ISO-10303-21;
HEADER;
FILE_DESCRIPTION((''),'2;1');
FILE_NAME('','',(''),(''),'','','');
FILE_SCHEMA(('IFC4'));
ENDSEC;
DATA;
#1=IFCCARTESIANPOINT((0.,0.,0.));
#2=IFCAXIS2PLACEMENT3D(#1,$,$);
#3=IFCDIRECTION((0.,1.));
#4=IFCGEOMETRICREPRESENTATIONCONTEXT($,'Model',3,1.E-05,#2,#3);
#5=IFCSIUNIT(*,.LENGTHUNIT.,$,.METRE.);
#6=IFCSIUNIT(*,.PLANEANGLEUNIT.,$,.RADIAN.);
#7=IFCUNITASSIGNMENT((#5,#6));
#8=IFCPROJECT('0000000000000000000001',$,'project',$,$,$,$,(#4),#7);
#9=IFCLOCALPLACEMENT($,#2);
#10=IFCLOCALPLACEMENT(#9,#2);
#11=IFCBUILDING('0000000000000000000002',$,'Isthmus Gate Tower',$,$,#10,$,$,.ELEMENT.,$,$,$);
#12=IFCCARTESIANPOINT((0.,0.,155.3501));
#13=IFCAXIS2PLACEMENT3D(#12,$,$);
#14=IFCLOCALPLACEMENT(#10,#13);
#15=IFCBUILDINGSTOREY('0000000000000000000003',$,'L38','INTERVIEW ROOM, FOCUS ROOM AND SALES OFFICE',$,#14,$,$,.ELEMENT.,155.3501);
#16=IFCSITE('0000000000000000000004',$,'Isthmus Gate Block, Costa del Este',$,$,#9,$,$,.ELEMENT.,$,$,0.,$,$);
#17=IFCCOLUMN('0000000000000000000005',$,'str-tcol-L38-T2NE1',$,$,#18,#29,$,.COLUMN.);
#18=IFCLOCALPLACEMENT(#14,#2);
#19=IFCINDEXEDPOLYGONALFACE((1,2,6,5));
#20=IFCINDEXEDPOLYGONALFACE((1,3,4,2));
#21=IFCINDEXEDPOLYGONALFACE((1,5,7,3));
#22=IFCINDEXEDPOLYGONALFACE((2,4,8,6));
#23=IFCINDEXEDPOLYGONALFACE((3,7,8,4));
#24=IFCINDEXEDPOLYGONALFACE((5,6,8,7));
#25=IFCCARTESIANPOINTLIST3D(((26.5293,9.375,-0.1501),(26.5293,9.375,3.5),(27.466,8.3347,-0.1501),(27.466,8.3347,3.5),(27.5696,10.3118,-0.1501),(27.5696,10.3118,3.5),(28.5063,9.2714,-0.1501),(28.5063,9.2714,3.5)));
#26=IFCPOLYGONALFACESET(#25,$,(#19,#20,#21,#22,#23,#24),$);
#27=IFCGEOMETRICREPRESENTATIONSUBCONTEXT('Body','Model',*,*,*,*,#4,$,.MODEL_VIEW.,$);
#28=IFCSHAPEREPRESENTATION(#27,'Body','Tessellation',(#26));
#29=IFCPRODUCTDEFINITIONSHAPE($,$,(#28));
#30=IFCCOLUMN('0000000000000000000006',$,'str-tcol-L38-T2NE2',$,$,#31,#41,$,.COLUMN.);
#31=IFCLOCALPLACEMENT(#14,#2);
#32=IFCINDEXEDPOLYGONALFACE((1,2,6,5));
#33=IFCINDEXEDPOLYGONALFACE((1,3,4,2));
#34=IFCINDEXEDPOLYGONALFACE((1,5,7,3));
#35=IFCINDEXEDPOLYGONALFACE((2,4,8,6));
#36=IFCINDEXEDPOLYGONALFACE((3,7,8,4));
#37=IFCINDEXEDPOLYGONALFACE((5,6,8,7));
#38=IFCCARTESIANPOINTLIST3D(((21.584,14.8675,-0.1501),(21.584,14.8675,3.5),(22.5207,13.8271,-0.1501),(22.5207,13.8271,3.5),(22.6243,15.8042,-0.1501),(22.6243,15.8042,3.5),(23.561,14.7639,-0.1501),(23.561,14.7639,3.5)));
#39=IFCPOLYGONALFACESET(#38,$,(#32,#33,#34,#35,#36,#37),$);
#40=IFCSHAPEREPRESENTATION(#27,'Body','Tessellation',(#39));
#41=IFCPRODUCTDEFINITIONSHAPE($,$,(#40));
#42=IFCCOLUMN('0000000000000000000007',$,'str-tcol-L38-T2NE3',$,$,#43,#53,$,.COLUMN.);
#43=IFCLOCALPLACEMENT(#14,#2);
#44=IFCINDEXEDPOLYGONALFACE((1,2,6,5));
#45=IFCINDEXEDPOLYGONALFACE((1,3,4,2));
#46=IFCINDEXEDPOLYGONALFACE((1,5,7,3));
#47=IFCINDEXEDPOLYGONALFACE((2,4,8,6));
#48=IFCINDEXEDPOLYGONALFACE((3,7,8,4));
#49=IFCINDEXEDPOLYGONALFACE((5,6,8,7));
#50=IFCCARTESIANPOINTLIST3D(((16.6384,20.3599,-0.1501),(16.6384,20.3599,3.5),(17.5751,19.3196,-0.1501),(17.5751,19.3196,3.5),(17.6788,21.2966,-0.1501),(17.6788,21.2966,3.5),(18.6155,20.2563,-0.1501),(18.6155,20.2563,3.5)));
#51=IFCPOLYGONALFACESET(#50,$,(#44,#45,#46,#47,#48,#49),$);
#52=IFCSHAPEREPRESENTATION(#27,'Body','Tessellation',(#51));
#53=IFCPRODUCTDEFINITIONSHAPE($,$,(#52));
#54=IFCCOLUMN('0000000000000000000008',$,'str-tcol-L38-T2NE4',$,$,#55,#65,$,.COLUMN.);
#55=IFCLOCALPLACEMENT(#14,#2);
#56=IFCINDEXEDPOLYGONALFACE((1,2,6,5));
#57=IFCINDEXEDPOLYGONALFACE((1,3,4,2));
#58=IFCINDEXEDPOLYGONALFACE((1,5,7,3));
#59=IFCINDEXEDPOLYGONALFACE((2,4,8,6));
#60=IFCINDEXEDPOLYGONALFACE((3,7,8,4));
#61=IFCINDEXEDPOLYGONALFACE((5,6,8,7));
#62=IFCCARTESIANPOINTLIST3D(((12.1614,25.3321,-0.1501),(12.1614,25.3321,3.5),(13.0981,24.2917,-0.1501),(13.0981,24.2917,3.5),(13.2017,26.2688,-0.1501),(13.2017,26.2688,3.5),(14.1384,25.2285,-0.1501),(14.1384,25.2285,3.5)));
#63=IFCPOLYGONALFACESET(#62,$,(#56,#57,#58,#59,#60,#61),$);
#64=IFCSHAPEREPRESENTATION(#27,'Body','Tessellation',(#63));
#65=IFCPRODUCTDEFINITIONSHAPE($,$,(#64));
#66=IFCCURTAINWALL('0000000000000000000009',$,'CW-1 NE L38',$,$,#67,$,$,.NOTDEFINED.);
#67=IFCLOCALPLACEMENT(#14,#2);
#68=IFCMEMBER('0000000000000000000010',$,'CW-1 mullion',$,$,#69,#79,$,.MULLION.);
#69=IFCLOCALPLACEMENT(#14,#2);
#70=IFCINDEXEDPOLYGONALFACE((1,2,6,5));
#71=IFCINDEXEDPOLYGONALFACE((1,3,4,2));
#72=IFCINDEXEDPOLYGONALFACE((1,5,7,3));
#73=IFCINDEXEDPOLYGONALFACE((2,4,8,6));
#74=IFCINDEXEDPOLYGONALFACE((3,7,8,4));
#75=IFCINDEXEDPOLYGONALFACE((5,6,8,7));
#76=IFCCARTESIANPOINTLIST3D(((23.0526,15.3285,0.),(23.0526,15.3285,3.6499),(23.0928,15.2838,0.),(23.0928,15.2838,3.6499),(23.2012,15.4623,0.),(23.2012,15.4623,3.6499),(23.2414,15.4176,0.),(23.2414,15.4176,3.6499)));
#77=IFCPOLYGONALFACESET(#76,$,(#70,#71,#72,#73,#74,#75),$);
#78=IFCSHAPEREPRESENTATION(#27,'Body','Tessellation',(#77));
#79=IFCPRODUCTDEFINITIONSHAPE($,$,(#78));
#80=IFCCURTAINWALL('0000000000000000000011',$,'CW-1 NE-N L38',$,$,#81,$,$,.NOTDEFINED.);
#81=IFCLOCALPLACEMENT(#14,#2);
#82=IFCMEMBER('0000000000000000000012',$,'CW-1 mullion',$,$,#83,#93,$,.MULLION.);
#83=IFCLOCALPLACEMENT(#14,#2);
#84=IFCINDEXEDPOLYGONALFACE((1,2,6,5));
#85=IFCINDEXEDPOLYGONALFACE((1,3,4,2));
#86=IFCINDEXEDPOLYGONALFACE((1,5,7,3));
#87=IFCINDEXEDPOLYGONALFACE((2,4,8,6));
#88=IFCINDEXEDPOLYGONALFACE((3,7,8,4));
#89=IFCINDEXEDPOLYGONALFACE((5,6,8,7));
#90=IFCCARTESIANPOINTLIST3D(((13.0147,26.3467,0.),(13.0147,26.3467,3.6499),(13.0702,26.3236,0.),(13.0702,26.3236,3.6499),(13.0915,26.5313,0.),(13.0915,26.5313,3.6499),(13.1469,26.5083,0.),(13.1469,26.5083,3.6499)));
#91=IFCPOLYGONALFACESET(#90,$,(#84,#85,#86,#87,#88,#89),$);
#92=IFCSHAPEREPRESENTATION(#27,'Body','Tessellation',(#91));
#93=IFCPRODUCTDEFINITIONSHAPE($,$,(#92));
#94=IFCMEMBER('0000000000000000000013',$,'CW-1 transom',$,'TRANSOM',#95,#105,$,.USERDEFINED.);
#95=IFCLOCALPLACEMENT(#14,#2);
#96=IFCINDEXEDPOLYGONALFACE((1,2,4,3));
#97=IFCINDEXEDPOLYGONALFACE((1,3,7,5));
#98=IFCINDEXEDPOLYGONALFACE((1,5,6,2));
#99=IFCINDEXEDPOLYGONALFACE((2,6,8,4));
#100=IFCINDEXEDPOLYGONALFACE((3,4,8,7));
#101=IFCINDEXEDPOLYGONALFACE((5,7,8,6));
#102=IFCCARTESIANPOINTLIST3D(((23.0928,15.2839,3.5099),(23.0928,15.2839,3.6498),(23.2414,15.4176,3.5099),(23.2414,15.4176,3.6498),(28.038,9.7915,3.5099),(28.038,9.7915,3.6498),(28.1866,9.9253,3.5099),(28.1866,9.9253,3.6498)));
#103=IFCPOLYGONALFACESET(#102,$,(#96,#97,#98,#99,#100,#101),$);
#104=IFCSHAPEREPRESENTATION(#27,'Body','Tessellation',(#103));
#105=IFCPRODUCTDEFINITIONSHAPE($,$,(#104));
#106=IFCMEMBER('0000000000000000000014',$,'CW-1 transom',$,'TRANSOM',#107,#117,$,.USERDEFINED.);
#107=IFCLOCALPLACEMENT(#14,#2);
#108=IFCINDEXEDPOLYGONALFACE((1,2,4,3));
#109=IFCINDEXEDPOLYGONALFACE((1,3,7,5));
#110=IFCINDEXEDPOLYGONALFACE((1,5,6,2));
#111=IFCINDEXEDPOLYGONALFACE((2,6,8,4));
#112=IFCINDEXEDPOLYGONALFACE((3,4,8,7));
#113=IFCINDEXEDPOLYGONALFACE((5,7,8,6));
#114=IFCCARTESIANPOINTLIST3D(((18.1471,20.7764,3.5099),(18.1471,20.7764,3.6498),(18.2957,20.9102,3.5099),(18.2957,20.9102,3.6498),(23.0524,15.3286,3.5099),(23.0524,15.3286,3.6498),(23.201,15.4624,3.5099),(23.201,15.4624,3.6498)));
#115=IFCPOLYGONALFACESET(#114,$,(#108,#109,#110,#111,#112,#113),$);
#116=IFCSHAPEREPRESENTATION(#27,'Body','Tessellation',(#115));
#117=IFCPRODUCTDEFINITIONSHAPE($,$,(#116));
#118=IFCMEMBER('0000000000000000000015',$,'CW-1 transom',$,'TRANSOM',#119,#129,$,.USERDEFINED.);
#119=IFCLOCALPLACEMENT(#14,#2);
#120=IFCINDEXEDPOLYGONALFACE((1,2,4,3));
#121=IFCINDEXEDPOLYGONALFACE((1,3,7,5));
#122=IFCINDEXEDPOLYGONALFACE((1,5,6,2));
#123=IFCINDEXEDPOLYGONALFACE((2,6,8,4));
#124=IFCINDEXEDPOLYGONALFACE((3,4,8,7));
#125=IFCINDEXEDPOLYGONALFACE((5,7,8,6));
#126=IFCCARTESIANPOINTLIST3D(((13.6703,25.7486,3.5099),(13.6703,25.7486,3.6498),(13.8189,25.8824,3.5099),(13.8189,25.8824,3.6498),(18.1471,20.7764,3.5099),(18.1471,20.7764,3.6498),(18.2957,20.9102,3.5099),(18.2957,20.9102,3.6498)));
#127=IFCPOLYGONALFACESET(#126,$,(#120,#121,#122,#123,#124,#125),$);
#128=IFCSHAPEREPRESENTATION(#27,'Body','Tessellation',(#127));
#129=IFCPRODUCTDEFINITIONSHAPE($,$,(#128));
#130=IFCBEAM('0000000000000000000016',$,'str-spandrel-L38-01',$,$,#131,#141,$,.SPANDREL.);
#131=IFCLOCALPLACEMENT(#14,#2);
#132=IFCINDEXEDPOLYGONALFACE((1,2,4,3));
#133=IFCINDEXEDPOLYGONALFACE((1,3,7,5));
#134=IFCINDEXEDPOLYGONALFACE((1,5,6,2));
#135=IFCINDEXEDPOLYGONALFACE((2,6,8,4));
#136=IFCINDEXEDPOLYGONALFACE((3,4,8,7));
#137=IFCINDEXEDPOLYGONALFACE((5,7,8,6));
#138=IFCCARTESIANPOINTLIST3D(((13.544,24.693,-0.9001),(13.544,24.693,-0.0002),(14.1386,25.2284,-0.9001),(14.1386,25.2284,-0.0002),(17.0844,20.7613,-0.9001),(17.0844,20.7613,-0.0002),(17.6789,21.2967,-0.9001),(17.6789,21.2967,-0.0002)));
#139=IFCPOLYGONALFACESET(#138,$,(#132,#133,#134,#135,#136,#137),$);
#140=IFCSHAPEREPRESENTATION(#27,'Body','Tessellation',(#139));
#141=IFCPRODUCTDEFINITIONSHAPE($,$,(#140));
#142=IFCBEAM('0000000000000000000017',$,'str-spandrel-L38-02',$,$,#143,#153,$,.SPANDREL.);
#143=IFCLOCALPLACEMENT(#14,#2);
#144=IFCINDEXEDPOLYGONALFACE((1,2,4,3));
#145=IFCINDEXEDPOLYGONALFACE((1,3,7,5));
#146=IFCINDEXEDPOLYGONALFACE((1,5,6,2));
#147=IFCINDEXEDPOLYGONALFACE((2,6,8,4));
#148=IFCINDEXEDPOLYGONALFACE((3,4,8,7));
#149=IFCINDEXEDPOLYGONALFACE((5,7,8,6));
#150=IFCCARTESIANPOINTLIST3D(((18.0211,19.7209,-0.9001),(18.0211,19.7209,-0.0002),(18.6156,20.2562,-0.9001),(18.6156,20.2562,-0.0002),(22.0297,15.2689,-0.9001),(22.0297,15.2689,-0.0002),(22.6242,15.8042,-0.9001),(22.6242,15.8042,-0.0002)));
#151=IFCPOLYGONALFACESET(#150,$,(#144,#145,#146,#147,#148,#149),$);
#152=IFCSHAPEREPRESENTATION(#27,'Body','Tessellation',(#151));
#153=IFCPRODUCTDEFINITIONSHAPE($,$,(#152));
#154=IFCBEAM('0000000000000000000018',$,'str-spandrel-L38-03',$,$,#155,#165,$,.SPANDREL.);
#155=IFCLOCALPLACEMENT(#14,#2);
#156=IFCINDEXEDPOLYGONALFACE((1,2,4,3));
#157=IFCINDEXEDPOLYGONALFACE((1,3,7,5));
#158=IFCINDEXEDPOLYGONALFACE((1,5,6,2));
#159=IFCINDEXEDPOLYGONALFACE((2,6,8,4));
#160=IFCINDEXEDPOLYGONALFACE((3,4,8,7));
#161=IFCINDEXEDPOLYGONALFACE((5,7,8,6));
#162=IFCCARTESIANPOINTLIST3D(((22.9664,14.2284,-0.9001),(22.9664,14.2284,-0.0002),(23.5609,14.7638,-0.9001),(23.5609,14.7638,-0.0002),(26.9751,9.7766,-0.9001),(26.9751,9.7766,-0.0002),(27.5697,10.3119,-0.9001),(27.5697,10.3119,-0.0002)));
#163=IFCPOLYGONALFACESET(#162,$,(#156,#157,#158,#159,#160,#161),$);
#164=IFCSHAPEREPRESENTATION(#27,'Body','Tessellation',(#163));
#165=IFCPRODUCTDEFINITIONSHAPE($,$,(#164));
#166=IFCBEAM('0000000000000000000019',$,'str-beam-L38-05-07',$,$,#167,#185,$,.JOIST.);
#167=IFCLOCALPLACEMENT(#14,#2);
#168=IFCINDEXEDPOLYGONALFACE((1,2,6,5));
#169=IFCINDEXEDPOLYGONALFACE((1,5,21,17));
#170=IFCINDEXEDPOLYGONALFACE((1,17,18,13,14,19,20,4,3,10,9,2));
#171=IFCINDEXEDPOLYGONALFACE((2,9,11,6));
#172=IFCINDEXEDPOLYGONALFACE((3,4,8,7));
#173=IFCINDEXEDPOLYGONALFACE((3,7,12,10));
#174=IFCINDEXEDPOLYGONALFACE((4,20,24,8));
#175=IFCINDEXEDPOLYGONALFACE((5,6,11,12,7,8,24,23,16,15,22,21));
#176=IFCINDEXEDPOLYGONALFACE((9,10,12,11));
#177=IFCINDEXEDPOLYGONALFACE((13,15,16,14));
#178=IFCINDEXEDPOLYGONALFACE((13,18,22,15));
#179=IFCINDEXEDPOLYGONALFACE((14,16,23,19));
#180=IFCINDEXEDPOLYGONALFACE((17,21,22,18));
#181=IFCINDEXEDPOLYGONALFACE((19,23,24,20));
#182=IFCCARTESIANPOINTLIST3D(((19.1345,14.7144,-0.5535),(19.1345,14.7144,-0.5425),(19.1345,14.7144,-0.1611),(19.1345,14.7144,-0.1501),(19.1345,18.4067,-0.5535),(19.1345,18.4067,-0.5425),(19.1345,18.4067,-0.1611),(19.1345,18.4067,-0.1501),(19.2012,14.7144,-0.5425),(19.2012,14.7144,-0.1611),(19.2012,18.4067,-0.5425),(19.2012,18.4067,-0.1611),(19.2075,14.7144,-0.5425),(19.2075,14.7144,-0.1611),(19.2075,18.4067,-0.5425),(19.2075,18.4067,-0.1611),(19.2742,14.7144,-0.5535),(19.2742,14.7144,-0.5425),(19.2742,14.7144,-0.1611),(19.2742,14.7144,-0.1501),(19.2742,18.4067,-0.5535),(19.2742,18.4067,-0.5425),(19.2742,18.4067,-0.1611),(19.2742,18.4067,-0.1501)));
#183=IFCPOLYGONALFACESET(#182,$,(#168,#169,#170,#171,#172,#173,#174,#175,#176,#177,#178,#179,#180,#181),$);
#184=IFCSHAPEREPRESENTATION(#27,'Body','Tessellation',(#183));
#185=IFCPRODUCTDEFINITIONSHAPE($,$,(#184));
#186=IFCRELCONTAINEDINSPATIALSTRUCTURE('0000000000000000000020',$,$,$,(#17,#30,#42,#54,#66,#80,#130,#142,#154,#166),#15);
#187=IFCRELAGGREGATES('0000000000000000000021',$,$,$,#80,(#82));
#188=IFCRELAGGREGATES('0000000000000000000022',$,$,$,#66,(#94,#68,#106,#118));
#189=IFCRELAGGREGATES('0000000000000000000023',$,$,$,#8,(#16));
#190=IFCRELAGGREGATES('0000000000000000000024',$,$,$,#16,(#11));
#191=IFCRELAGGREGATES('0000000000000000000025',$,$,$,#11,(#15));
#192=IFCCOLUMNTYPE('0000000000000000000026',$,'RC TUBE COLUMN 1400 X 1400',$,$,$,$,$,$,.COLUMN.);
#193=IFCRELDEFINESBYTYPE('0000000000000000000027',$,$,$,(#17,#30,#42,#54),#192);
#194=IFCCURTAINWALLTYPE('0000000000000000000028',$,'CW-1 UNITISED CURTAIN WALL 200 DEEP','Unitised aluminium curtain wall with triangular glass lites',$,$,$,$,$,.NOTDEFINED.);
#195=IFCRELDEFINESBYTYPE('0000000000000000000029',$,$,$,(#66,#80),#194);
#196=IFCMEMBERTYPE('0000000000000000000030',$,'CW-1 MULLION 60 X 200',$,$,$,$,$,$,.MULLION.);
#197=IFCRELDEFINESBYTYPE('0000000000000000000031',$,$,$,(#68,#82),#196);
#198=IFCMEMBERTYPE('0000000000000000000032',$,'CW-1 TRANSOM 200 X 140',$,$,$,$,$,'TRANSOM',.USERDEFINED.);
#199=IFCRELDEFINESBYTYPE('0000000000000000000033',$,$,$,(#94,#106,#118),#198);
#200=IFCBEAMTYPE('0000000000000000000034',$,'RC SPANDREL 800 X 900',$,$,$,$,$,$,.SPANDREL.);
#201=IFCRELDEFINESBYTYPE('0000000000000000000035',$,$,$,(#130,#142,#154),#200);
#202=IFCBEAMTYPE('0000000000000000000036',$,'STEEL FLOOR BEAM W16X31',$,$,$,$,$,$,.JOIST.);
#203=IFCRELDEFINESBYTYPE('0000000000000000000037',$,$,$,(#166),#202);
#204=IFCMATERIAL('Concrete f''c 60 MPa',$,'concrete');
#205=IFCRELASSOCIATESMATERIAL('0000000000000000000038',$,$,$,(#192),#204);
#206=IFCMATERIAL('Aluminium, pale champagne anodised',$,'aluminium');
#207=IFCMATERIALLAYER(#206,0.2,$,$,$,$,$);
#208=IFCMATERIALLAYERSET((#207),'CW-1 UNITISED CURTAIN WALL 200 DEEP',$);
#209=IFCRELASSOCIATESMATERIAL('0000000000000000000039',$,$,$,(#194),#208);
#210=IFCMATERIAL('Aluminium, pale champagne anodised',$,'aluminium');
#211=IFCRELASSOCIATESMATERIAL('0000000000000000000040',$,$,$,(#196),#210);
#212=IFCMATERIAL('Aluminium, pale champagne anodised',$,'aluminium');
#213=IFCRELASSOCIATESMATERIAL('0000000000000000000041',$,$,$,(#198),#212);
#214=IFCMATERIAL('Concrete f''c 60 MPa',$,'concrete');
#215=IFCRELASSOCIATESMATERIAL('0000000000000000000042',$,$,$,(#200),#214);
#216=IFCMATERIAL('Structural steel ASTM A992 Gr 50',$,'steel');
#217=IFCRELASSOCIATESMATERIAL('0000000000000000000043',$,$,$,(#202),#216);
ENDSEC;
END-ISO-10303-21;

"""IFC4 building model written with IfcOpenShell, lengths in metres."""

from ifc_helpers import new_model, si_unit, direction, frame, origin, origin_2d, place, context, subcontext, project, spatial, rectangle, i_section, extrude, material, layer, layer_set, material_profile, profile_set, type_object, element, aggregate, save


model = new_model("IFC4")

# Units and contexts
model_context = context("Model", 3, precision=1e-05, world=origin(), true_north=direction((0.0, 1.0)))
body_context = subcontext(model_context, "Body", "Model", "MODEL_VIEW")
ifc_project = project(units=[si_unit("LENGTHUNIT", "METRE"), si_unit("PLANEANGLEUNIT", "RADIAN")], contexts=[model_context])

# Site, building, storey
site_placement = place(None, origin())
site = spatial("IfcSite", under=ifc_project, at=site_placement, Name="Isthmus Gate Block, Costa del Este", CompositionType="ELEMENT", RefElevation=0.0)
building_placement = place(site_placement, origin())
building = spatial("IfcBuilding", under=site, at=building_placement, Name="Isthmus Gate Tower", CompositionType="ELEMENT")
storey_placement = place(building_placement, frame((0.0, 0.0, 155.3501)))
storey = spatial("IfcBuildingStorey", under=building, at=storey_placement, Name="L38", Description="INTERVIEW ROOM, FOCUS ROOM AND SALES OFFICE", CompositionType="ELEMENT", Elevation=155.3501)

# Columns
ifc_material_1 = material(Name="Concrete f'c 60 MPa", Category="concrete")
ifc_material_profile_1 = material_profile(ifc_material_1, rectangle(XDim=1.3999, YDim=1.3999, at=origin_2d()), Name="RC 1400X1400")
ifc_profile_set_1 = profile_set([ifc_material_profile_1], Name="Concrete f'c 60 MPa")
column_type = type_object("IfcColumnType", Name="RC TUBE COLUMN 1400 X 1400", PredefinedType="COLUMN", material=ifc_profile_set_1)
for number, where, z_axis, x_axis, name in (
    (1, (27.5178, 9.3232, -0.1501), (0.0, 0.0, 1.0), (-0.669131, 0.743145, 0.0), "str-tcol-L38-T2NE1"),
    (2, (22.5725, 14.8157, -0.1501), (0.0, 0.0, 1.0), (-0.669131, 0.743145, 0.0), "str-tcol-L38-T2NE2"),
    (3, (17.627, 20.3081, -0.1501), (0.0, 0.0, 1.0), (-0.669131, 0.743145, 0.0), "str-tcol-L38-T2NE3"),
    (4, (13.1499, 25.2803, -0.1501), (0.0, 0.0, 1.0), (-0.669131, 0.743145, 0.0), "str-tcol-L38-T2NE4"),
):
    element("IfcColumn", number, at=place(storey_placement, frame(where, z_axis=z_axis, x_axis=x_axis)), inside=storey, type_object=column_type, Name=name, PredefinedType="COLUMN", context=body_context, shape_type="SweptSolid", body=[
        extrude(rectangle(XDim=1.3999, YDim=1.3999, at=origin_2d()), origin(), (0.0, 0.0, 1.0), 3.6501),
    ])

# Curtain walls, members
ifc_material_2 = material(Name="Aluminium, pale champagne anodised", Category="aluminium")
ifc_layer_1 = layer(ifc_material_2, 0.2)
ifc_layer_set_1 = layer_set([ifc_layer_1], Name="CW-1 UNITISED CURTAIN WALL 200 DEEP")
curtain_wall_type = type_object("IfcCurtainWallType", Name="CW-1 UNITISED CURTAIN WALL 200 DEEP", Description="Unitised aluminium curtain wall with triangular glass lites", PredefinedType="NOTDEFINED", material=ifc_layer_set_1)
curtain_wall_1_placement = place(storey_placement, origin())
curtain_wall_1 = element("IfcCurtainWall", 5, at=curtain_wall_1_placement, inside=storey, type_object=curtain_wall_type, Name="CW-1 NE L38", PredefinedType="NOTDEFINED")
ifc_material_3 = material(Name="Aluminium, pale champagne anodised", Category="aluminium")
ifc_material_profile_2 = material_profile(ifc_material_3, rectangle(XDim=0.0601, YDim=0.2, at=origin_2d()), Name="60x200")
ifc_profile_set_2 = profile_set([ifc_material_profile_2], Name="Aluminium, pale champagne anodised")
member_type_1 = type_object("IfcMemberType", Name="CW-1 MULLION 60 X 200", PredefinedType="MULLION", material=ifc_profile_set_2)
member_1_placement = place(storey_placement, frame((23.147, 15.373, 0.0), z_axis=(0.0, 0.0, 1.0), x_axis=(-0.669131, 0.743145, 0.0)))
member_1 = element("IfcMember", 6, at=member_1_placement, type_object=member_type_1, Name="CW-1 mullion", PredefinedType="MULLION", context=body_context, shape_type="SweptSolid", body=[
    extrude(rectangle(XDim=0.0601, YDim=0.2, at=origin_2d()), origin(), (0.0, 0.0, 1.0), 3.6499),
])
curtain_wall_2_placement = place(storey_placement, origin())
curtain_wall_2 = element("IfcCurtainWall", 7, at=curtain_wall_2_placement, inside=storey, type_object=curtain_wall_type, Name="CW-1 NE-N L38", PredefinedType="NOTDEFINED")
member_2_placement = place(storey_placement, frame((13.0808, 26.4275, 0.0), z_axis=(0.0, 0.0, 1.0), x_axis=(-0.923353, 0.383952, 0.0)))
member_2 = element("IfcMember", 8, at=member_2_placement, type_object=member_type_1, Name="CW-1 mullion", PredefinedType="MULLION", context=body_context, shape_type="SweptSolid", body=[
    extrude(rectangle(XDim=0.0601, YDim=0.2, at=origin_2d()), origin(), (0.0, 0.0, 1.0), 3.6499),
])
aggregate(curtain_wall_2, [member_2])

# Members
ifc_material_4 = material(Name="Aluminium, pale champagne anodised", Category="aluminium")
ifc_material_profile_3 = material_profile(ifc_material_4, rectangle(XDim=0.2, YDim=0.1399, at=origin_2d()), Name="200x140")
ifc_profile_set_3 = profile_set([ifc_material_profile_3], Name="Aluminium, pale champagne anodised")
member_type_2 = type_object("IfcMemberType", Name="CW-1 TRANSOM 200 X 140", ElementType="TRANSOM", PredefinedType="USERDEFINED", material=ifc_profile_set_3)
member_3_placement = place(storey_placement, frame((28.1123, 9.8584, 3.5798), z_axis=(-0.669123, 0.743151, 0.0), x_axis=(-0.743151, -0.669123, 0.0)))
member_3 = element("IfcMember", 9, at=member_3_placement, type_object=member_type_2, Name="CW-1 transom", ObjectType="TRANSOM", PredefinedType="USERDEFINED", context=body_context, shape_type="SweptSolid", body=[
    extrude(rectangle(XDim=0.2, YDim=0.1399, at=origin_2d()), origin(), (0.0, 0.0, 1.0), 7.3906),
])
member_4_placement = place(storey_placement, frame((23.1267, 15.3955, 3.5798), z_axis=(-0.669138, 0.743138, 0.0), x_axis=(-0.743138, -0.669138, 0.0)))
member_4 = element("IfcMember", 10, at=member_4_placement, type_object=member_type_2, Name="CW-1 transom", ObjectType="TRANSOM", PredefinedType="USERDEFINED", context=body_context, shape_type="SweptSolid", body=[
    extrude(rectangle(XDim=0.2, YDim=0.1399, at=origin_2d()), origin(), (0.0, 0.0, 1.0), 7.3308),
])
member_5_placement = place(storey_placement, frame((18.2214, 20.8433, 3.5798), z_axis=(-0.669118, 0.743156, 0.0), x_axis=(-0.743156, -0.669118, 0.0)))
member_5 = element("IfcMember", 11, at=member_5_placement, type_object=member_type_2, Name="CW-1 transom", ObjectType="TRANSOM", PredefinedType="USERDEFINED", context=body_context, shape_type="SweptSolid", body=[
    extrude(rectangle(XDim=0.2, YDim=0.1399, at=origin_2d()), origin(), (0.0, 0.0, 1.0), 6.6907),
])

# Beams
ifc_material_5 = material(Name="Concrete f'c 60 MPa", Category="concrete")
ifc_material_profile_4 = material_profile(ifc_material_5, rectangle(XDim=0.8, YDim=0.8999, at=origin_2d()), Name="RC 800X900")
ifc_profile_set_4 = profile_set([ifc_material_profile_4], Name="Concrete f'c 60 MPa")
beam_type_1 = type_object("IfcBeamType", Name="RC SPANDREL 800 X 900", PredefinedType="SPANDREL", material=ifc_profile_set_4)
beam_1_placement = place(storey_placement, frame((13.8413, 24.9607, -0.4502), z_axis=(0.669153, -0.743124, 0.0), x_axis=(0.743124, 0.669153, 0.0)))
element("IfcBeam", 12, at=beam_1_placement, inside=storey, type_object=beam_type_1, Name="str-spandrel-L38-01", PredefinedType="SPANDREL", context=body_context, shape_type="SweptSolid", body=[
    extrude(rectangle(XDim=0.8, YDim=0.8999, at=origin_2d()), origin(), (0.0, 0.0, 1.0), 5.2908),
])
for number, where, z_axis, x_axis, name in (
    (13, (18.3184, 19.9885, -0.4502), (0.669134, -0.743142, 0.0), (0.743142, 0.669134, 0.0), "str-spandrel-L38-02"),
    (14, (23.2637, 14.4961, -0.4502), (0.669156, -0.743122, 0.0), (0.743122, 0.669156, 0.0), "str-spandrel-L38-03"),
):
    element("IfcBeam", number, at=place(storey_placement, frame(where, z_axis=z_axis, x_axis=x_axis)), inside=storey, type_object=beam_type_1, Name=name, PredefinedType="SPANDREL", context=body_context, shape_type="SweptSolid", body=[
        extrude(rectangle(XDim=0.8, YDim=0.8999, at=origin_2d()), origin(), (0.0, 0.0, 1.0), 5.9907),
    ])
ifc_material_6 = material(Name="Structural steel ASTM A992 Gr 50", Category="steel")
ifc_material_profile_5 = material_profile(ifc_material_6, i_section(OverallWidth=0.1396, OverallDepth=0.4033, WebThickness=0.0063, FlangeThickness=0.011, at=origin_2d()), Name="W16X31")
ifc_profile_set_5 = profile_set([ifc_material_profile_5], Name="Structural steel ASTM A992 Gr 50")
beam_type_2 = type_object("IfcBeamType", Name="STEEL FLOOR BEAM W16X31", PredefinedType="JOIST", material=ifc_profile_set_5)
beam_2_placement = place(storey_placement, frame((19.2043, 14.7144, -0.3518), z_axis=(0.0, 1.0, 0.0), x_axis=(-1.0, 0.0, 0.0)))
element("IfcBeam", 15, at=beam_2_placement, inside=storey, type_object=beam_type_2, Name="str-beam-L38-05-07", PredefinedType="JOIST", context=body_context, shape_type="SweptSolid", body=[
    extrude(i_section(OverallWidth=0.1396, OverallDepth=0.4033, WebThickness=0.0063, FlangeThickness=0.011, at=origin_2d()), origin(), (0.0, 0.0, 1.0), 3.6924),
])

aggregate(curtain_wall_1, [member_3, member_1, member_4, member_5])

save(model, "model.ifc")
